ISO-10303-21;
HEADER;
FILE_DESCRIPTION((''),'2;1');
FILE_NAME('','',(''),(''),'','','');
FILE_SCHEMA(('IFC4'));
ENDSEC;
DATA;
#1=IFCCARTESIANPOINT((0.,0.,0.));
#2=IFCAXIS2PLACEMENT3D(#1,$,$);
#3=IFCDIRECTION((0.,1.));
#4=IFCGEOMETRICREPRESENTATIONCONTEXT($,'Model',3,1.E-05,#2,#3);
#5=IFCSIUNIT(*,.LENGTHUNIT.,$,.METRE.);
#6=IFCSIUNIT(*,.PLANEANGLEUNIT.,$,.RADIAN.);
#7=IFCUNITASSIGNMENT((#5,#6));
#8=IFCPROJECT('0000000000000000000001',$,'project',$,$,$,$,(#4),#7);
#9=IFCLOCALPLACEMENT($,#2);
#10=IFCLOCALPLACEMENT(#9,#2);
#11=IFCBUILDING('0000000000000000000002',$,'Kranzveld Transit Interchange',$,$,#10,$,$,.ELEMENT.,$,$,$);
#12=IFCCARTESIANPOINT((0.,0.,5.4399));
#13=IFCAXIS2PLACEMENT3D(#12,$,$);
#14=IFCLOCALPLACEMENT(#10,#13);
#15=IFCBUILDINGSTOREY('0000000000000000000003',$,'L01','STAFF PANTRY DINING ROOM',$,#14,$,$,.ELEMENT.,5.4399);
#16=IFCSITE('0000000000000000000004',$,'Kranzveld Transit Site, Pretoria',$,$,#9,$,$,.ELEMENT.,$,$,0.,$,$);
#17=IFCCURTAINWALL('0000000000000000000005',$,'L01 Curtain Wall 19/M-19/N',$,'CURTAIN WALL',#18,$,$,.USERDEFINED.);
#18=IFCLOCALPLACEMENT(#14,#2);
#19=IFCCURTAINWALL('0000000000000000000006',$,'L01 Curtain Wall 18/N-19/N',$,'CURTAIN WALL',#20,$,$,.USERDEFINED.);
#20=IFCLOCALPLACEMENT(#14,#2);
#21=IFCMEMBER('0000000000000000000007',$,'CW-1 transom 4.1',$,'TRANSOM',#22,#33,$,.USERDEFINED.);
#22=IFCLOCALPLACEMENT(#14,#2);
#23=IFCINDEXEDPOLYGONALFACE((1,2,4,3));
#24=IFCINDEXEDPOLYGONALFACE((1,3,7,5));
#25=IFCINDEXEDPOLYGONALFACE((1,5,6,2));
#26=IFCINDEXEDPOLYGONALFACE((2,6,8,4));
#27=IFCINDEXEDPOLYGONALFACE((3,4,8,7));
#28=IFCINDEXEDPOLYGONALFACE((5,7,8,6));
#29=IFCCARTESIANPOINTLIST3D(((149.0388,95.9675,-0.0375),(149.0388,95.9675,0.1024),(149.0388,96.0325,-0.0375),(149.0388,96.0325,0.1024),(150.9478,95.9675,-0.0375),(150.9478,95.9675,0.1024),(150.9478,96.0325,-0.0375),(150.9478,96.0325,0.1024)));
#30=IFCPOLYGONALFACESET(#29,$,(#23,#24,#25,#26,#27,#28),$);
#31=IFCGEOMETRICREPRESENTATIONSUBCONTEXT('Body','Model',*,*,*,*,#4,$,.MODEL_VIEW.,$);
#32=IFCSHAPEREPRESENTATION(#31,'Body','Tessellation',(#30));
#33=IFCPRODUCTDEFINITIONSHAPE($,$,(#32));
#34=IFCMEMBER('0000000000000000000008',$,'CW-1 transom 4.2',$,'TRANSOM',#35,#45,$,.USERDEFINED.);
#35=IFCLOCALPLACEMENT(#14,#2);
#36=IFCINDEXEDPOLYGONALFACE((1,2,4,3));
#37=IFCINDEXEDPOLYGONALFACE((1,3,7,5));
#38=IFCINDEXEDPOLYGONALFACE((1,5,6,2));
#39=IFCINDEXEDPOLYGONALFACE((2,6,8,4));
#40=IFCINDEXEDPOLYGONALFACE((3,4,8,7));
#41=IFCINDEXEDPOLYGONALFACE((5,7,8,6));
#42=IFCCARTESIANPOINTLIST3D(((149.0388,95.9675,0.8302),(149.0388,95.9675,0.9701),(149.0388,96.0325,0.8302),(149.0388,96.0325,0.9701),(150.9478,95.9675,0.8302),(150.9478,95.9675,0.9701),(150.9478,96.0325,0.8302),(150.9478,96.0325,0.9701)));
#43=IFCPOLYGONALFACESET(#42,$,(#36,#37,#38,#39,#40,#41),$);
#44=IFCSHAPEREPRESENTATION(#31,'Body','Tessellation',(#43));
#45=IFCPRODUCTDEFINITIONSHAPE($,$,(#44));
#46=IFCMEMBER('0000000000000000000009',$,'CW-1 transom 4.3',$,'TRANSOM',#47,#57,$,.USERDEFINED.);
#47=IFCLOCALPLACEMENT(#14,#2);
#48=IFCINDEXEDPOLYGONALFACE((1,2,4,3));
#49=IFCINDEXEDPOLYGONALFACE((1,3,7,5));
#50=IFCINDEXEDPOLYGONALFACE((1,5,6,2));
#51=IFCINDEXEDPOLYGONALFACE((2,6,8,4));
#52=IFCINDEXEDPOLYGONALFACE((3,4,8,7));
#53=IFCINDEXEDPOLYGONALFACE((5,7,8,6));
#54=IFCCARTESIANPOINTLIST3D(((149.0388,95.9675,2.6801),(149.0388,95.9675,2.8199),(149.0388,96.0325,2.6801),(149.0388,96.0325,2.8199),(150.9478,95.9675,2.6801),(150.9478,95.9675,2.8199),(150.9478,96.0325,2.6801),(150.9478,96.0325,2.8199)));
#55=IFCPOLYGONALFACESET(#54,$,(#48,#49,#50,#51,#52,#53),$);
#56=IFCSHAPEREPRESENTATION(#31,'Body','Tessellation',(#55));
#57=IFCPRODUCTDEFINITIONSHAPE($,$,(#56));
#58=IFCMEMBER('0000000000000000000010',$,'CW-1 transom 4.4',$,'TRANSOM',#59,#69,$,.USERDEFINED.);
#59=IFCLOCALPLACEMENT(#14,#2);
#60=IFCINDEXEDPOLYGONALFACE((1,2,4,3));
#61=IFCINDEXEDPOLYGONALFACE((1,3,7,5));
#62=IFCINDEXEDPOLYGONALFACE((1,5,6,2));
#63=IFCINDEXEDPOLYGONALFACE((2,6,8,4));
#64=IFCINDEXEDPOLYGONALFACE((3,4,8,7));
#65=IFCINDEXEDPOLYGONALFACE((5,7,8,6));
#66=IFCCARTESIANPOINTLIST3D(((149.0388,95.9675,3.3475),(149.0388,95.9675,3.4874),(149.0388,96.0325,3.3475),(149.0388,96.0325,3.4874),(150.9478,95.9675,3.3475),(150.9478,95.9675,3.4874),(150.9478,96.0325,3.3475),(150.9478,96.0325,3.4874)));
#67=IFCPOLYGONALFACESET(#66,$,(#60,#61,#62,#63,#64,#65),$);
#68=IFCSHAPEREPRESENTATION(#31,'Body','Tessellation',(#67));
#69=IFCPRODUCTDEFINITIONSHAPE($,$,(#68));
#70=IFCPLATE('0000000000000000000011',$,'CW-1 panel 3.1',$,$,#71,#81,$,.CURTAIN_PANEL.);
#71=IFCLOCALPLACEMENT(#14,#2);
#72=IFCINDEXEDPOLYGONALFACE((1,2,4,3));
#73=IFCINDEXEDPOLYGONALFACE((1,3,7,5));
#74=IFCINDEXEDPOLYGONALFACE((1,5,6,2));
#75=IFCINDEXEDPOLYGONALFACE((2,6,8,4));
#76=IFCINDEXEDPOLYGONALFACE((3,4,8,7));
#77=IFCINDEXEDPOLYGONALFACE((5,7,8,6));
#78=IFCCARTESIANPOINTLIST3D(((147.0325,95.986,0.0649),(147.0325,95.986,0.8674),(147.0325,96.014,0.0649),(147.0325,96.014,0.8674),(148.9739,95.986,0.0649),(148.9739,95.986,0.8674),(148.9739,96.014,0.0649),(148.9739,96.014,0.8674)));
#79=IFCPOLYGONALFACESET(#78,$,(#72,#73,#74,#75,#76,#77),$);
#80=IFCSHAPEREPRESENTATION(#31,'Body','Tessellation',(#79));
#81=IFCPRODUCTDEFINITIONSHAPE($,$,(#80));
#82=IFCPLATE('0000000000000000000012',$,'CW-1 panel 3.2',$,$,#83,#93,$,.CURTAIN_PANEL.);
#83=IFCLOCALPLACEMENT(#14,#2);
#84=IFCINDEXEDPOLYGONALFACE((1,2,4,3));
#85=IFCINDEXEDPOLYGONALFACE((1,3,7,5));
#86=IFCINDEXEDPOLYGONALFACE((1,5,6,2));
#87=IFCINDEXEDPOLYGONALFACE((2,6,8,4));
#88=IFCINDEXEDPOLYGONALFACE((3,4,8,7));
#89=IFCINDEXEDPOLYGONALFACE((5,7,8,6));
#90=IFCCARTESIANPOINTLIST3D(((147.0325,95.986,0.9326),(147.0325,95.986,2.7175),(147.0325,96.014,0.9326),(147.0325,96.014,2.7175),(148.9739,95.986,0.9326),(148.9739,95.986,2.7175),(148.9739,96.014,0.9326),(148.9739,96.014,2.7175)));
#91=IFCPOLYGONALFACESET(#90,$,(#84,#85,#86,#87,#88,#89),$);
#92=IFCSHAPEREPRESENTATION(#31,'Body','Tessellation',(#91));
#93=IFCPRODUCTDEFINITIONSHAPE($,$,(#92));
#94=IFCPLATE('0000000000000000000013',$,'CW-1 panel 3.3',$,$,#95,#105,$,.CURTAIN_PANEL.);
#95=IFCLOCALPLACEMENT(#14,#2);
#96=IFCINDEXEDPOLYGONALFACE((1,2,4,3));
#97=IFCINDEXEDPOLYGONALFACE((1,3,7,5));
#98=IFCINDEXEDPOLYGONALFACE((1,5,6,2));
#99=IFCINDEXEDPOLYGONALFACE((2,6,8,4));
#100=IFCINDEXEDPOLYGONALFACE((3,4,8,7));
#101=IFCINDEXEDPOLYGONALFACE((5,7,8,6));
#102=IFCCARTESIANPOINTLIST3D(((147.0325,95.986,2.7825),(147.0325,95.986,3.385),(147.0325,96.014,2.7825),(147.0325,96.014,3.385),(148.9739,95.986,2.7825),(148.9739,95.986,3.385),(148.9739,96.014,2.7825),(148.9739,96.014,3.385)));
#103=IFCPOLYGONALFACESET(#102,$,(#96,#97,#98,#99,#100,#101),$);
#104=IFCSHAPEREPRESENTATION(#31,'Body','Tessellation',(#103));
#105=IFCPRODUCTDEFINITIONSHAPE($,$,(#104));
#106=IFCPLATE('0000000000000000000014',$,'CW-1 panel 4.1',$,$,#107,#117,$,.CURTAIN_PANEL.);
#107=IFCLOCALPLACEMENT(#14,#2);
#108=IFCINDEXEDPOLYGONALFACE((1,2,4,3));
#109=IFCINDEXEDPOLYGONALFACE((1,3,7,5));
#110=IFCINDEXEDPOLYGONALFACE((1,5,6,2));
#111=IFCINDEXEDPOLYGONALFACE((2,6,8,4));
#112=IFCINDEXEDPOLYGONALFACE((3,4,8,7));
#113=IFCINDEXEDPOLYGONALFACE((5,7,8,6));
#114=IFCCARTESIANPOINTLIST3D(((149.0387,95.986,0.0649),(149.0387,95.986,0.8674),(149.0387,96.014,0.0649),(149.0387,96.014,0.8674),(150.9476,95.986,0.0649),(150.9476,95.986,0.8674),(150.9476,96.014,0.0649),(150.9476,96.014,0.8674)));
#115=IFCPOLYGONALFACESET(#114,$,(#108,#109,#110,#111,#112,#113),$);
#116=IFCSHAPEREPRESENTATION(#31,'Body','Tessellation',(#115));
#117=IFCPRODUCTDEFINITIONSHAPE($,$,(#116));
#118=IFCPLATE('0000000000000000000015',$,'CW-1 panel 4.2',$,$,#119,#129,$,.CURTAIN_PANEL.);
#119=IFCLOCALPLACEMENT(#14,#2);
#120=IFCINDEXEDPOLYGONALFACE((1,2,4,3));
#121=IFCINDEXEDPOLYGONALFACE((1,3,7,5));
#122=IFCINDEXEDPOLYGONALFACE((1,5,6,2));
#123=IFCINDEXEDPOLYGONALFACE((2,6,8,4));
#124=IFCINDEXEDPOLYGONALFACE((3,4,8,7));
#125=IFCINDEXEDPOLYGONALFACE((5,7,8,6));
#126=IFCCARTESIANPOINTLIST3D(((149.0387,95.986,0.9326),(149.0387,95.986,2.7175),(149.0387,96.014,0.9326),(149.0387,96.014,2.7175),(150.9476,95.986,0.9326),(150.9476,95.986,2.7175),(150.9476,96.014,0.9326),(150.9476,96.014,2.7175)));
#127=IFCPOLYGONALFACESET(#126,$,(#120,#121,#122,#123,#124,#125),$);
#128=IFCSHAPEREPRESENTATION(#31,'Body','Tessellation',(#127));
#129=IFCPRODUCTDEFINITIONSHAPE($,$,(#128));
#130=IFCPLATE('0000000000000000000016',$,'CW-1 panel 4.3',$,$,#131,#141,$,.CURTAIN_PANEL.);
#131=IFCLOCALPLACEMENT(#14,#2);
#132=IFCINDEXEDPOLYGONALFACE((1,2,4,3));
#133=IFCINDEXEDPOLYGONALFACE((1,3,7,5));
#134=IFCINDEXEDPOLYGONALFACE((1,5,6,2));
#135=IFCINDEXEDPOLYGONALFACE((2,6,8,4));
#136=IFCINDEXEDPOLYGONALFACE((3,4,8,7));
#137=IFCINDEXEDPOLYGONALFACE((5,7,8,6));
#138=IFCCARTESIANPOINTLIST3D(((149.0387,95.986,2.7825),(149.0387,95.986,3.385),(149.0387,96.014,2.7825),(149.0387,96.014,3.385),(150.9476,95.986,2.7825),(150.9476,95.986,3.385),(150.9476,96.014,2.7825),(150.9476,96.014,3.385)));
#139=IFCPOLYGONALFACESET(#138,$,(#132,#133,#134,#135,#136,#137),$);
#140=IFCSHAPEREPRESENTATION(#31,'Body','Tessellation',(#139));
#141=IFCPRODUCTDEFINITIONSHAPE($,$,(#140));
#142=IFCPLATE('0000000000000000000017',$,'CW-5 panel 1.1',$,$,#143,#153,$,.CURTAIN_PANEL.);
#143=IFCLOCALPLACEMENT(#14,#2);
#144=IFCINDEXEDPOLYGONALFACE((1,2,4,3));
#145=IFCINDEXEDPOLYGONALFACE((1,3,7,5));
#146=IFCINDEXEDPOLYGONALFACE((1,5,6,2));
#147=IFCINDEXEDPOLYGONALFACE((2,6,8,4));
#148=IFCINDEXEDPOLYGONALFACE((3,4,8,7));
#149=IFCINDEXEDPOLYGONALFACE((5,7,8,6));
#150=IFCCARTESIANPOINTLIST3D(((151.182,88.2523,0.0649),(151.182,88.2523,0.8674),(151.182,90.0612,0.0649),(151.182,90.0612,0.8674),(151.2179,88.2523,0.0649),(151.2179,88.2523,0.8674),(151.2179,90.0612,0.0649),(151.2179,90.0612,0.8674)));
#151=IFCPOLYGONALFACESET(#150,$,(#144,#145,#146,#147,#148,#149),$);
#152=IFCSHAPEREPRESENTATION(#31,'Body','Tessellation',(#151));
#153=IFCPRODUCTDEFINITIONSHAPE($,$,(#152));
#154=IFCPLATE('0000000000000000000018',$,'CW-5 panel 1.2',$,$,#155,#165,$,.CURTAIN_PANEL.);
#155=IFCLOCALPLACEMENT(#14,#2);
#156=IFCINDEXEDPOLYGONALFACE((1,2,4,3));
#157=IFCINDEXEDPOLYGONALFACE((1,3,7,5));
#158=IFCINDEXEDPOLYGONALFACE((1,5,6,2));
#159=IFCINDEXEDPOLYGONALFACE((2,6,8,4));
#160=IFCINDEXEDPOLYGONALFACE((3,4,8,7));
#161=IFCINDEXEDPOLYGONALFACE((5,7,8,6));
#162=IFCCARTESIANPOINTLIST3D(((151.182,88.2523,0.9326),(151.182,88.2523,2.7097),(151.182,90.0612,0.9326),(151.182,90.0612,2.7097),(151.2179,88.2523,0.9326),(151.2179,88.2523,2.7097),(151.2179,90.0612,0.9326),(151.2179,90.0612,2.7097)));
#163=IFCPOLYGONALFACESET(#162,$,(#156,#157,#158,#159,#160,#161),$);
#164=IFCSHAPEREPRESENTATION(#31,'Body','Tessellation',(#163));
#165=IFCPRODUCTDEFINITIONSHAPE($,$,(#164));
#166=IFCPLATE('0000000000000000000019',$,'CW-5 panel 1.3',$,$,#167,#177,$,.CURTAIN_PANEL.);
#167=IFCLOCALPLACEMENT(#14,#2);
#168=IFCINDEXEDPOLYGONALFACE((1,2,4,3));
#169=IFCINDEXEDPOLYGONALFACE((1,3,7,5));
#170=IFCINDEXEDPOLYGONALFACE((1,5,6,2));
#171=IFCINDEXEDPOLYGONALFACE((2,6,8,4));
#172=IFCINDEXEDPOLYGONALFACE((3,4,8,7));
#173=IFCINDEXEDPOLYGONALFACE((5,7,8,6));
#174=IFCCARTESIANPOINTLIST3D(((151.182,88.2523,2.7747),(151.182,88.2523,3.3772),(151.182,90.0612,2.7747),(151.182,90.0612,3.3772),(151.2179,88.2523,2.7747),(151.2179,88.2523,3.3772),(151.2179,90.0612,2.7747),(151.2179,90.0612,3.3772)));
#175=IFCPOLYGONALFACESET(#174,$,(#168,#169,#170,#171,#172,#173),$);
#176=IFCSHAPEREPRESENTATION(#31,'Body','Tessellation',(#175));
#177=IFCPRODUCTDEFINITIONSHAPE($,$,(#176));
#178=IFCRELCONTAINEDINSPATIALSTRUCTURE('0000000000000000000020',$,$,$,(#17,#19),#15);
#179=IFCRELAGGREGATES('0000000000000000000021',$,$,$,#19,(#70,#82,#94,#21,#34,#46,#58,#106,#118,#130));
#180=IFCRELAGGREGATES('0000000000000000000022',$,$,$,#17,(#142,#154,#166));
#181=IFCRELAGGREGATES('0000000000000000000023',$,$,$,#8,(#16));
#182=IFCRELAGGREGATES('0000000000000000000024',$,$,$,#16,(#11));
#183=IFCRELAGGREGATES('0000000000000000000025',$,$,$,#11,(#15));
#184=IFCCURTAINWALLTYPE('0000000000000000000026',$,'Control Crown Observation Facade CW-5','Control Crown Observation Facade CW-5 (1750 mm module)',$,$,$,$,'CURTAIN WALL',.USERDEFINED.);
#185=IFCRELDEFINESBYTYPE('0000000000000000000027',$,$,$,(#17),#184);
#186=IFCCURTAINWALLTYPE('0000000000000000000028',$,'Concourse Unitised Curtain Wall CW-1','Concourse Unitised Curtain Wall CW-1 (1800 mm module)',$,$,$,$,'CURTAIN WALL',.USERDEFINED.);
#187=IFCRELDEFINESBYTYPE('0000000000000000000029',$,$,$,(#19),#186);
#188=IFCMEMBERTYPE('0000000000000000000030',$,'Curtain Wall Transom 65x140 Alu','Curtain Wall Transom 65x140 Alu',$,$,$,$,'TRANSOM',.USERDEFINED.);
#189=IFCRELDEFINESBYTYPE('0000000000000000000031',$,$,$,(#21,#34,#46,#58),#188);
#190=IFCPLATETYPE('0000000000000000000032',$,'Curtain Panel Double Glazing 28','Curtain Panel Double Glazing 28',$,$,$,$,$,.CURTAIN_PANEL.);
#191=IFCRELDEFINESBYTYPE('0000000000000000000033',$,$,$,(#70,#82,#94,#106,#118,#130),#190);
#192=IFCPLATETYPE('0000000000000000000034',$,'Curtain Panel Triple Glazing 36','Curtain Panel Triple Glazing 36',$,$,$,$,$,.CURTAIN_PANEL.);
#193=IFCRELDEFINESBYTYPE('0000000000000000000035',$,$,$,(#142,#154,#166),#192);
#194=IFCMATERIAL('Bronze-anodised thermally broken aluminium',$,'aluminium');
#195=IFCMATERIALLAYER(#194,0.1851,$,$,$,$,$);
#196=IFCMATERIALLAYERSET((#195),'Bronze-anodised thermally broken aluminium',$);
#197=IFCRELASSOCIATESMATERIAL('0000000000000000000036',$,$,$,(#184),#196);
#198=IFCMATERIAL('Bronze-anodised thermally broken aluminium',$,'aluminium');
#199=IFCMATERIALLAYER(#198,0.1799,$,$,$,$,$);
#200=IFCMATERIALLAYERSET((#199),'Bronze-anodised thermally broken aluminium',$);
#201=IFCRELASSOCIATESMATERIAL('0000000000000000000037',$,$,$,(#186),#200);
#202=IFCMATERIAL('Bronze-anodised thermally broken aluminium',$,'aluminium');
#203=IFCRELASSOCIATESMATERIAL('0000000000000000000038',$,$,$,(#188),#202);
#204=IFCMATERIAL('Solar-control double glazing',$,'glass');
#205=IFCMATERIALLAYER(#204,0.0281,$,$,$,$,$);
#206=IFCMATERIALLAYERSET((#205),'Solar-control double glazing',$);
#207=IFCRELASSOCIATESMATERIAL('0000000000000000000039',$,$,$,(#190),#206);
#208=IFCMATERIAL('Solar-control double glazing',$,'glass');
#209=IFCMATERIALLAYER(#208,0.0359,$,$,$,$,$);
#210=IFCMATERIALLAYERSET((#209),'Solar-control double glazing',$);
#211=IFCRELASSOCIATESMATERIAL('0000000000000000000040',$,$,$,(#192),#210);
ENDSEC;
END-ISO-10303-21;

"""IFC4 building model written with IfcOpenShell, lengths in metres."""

from ifc_helpers import new_model, si_unit, direction, frame, origin, origin_2d, place, context, subcontext, project, spatial, rectangle, extrude, material, layer, layer_set, material_profile, profile_set, type_object, element, aggregate, save


model = new_model("IFC4")

# Units and contexts
model_context = context("Model", 3, precision=1e-05, world=origin(), true_north=direction((0.0, 1.0)))
body_context = subcontext(model_context, "Body", "Model", "MODEL_VIEW")
ifc_project = project(units=[si_unit("LENGTHUNIT", "METRE"), si_unit("PLANEANGLEUNIT", "RADIAN")], contexts=[model_context])

# Site, building, storey
site_placement = place(None, origin())
site = spatial("IfcSite", under=ifc_project, at=site_placement, Name="Kranzveld Transit Site, Pretoria", CompositionType="ELEMENT", RefElevation=0.0)
building_placement = place(site_placement, origin())
building = spatial("IfcBuilding", under=site, at=building_placement, Name="Kranzveld Transit Interchange", CompositionType="ELEMENT")
storey_placement = place(building_placement, frame((0.0, 0.0, 5.4399)))
storey = spatial("IfcBuildingStorey", under=building, at=storey_placement, Name="L01", Description="STAFF PANTRY DINING ROOM", CompositionType="ELEMENT", Elevation=5.4399)

# Curtain walls
ifc_material_1 = material(Name="Bronze-anodised thermally broken aluminium", Category="aluminium")
ifc_layer_1 = layer(ifc_material_1, 0.1851)
ifc_layer_set_1 = layer_set([ifc_layer_1], Name="Bronze-anodised thermally broken aluminium")
curtain_wall_type_1 = type_object("IfcCurtainWallType", Name="Control Crown Observation Facade CW-5", Description="Control Crown Observation Facade CW-5 (1750 mm module)", ElementType="CURTAIN WALL", PredefinedType="USERDEFINED", material=ifc_layer_set_1)
curtain_wall_1_placement = place(storey_placement, origin())
curtain_wall_1 = element("IfcCurtainWall", 1, at=curtain_wall_1_placement, inside=storey, type_object=curtain_wall_type_1, Name="L01 Curtain Wall 19/M-19/N", ObjectType="CURTAIN WALL", PredefinedType="USERDEFINED")
ifc_material_2 = material(Name="Bronze-anodised thermally broken aluminium", Category="aluminium")
ifc_layer_2 = layer(ifc_material_2, 0.1799)
ifc_layer_set_2 = layer_set([ifc_layer_2], Name="Bronze-anodised thermally broken aluminium")
curtain_wall_type_2 = type_object("IfcCurtainWallType", Name="Concourse Unitised Curtain Wall CW-1", Description="Concourse Unitised Curtain Wall CW-1 (1800 mm module)", ElementType="CURTAIN WALL", PredefinedType="USERDEFINED", material=ifc_layer_set_2)
curtain_wall_2_placement = place(storey_placement, origin())
curtain_wall_2 = element("IfcCurtainWall", 2, at=curtain_wall_2_placement, inside=storey, type_object=curtain_wall_type_2, Name="L01 Curtain Wall 18/N-19/N", ObjectType="CURTAIN WALL", PredefinedType="USERDEFINED")

# Members
ifc_material_3 = material(Name="Bronze-anodised thermally broken aluminium", Category="aluminium")
ifc_material_profile_1 = material_profile(ifc_material_3, rectangle(XDim=0.0649, YDim=0.1399, at=origin_2d()), Name="ALU TRANSOM 65x140")
ifc_profile_set_1 = profile_set([ifc_material_profile_1], Name="Bronze-anodised thermally broken aluminium")
member_type_1 = type_object("IfcMemberType", Name="Curtain Wall Transom 65x140 Alu", Description="Curtain Wall Transom 65x140 Alu", ElementType="TRANSOM", PredefinedType="USERDEFINED", material=ifc_profile_set_1)
member_1_placement = place(storey_placement, frame((149.0388, 96.0, 0.0325), z_axis=(1.0, 0.0, 0.0), x_axis=(0.0, 1.0, 0.0)))
member_1 = element("IfcMember", 3, at=member_1_placement, type_object=member_type_1, Name="CW-1 transom 4.1", ObjectType="TRANSOM", PredefinedType="USERDEFINED", context=body_context, shape_type="SweptSolid", body=[
    extrude(rectangle(XDim=0.0649, YDim=0.1399, at=origin_2d()), origin(), (0.0, 0.0, 1.0), 1.9089),
])
member_2_placement = place(storey_placement, frame((149.0388, 96.0, 0.9001), z_axis=(1.0, 0.0, 0.0), x_axis=(0.0, 1.0, 0.0)))
member_2 = element("IfcMember", 4, at=member_2_placement, type_object=member_type_1, Name="CW-1 transom 4.2", ObjectType="TRANSOM", PredefinedType="USERDEFINED", context=body_context, shape_type="SweptSolid", body=[
    extrude(rectangle(XDim=0.0649, YDim=0.1399, at=origin_2d()), origin(), (0.0, 0.0, 1.0), 1.9089),
])
member_3_placement = place(storey_placement, frame((149.0388, 96.0, 2.75), z_axis=(1.0, 0.0, 0.0), x_axis=(0.0, 1.0, 0.0)))
member_3 = element("IfcMember", 5, at=member_3_placement, type_object=member_type_1, Name="CW-1 transom 4.3", ObjectType="TRANSOM", PredefinedType="USERDEFINED", context=body_context, shape_type="SweptSolid", body=[
    extrude(rectangle(XDim=0.0649, YDim=0.1399, at=origin_2d()), origin(), (0.0, 0.0, 1.0), 1.9089),
])
member_4_placement = place(storey_placement, frame((149.0388, 96.0, 3.4175), z_axis=(1.0, 0.0, 0.0), x_axis=(0.0, 1.0, 0.0)))
member_4 = element("IfcMember", 6, at=member_4_placement, type_object=member_type_1, Name="CW-1 transom 4.4", ObjectType="TRANSOM", PredefinedType="USERDEFINED", context=body_context, shape_type="SweptSolid", body=[
    extrude(rectangle(XDim=0.0649, YDim=0.1399, at=origin_2d()), origin(), (0.0, 0.0, 1.0), 1.9089),
])

# Plates
ifc_material_4 = material(Name="Solar-control double glazing", Category="glass")
ifc_layer_3 = layer(ifc_material_4, 0.0281)
ifc_layer_set_3 = layer_set([ifc_layer_3], Name="Solar-control double glazing")
plate_type_1 = type_object("IfcPlateType", Name="Curtain Panel Double Glazing 28", Description="Curtain Panel Double Glazing 28", PredefinedType="CURTAIN_PANEL", material=ifc_layer_set_3)
plate_1_placement = place(storey_placement, frame((148.0032, 96.0, 0.0649), z_axis=(0.0, 0.0, 1.0), x_axis=(1.0, 0.0, 0.0)))
plate_1 = element("IfcPlate", 7, at=plate_1_placement, type_object=plate_type_1, Name="CW-1 panel 3.1", PredefinedType="CURTAIN_PANEL", context=body_context, shape_type="SweptSolid", body=[
    extrude(rectangle(XDim=1.9414, YDim=0.0281, at=origin_2d()), origin(), (0.0, 0.0, 1.0), 0.8025),
])
plate_2_placement = place(storey_placement, frame((148.0032, 96.0, 0.9326), z_axis=(0.0, 0.0, 1.0), x_axis=(1.0, 0.0, 0.0)))
plate_2 = element("IfcPlate", 8, at=plate_2_placement, type_object=plate_type_1, Name="CW-1 panel 3.2", PredefinedType="CURTAIN_PANEL", context=body_context, shape_type="SweptSolid", body=[
    extrude(rectangle(XDim=1.9414, YDim=0.0281, at=origin_2d()), origin(), (0.0, 0.0, 1.0), 1.7849),
])
plate_3_placement = place(storey_placement, frame((148.0032, 96.0, 2.7825), z_axis=(0.0, 0.0, 1.0), x_axis=(1.0, 0.0, 0.0)))
plate_3 = element("IfcPlate", 9, at=plate_3_placement, type_object=plate_type_1, Name="CW-1 panel 3.3", PredefinedType="CURTAIN_PANEL", context=body_context, shape_type="SweptSolid", body=[
    extrude(rectangle(XDim=1.9414, YDim=0.0281, at=origin_2d()), origin(), (0.0, 0.0, 1.0), 0.6025),
])
plate_4_placement = place(storey_placement, frame((149.9932, 96.0, 0.0649), z_axis=(0.0, 0.0, 1.0), x_axis=(1.0, 0.0, 0.0)))
plate_4 = element("IfcPlate", 10, at=plate_4_placement, type_object=plate_type_1, Name="CW-1 panel 4.1", PredefinedType="CURTAIN_PANEL", context=body_context, shape_type="SweptSolid", body=[
    extrude(rectangle(XDim=1.9089, YDim=0.0281, at=origin_2d()), origin(), (0.0, 0.0, 1.0), 0.8025),
])
plate_5_placement = place(storey_placement, frame((149.9932, 96.0, 0.9326), z_axis=(0.0, 0.0, 1.0), x_axis=(1.0, 0.0, 0.0)))
plate_5 = element("IfcPlate", 11, at=plate_5_placement, type_object=plate_type_1, Name="CW-1 panel 4.2", PredefinedType="CURTAIN_PANEL", context=body_context, shape_type="SweptSolid", body=[
    extrude(rectangle(XDim=1.9089, YDim=0.0281, at=origin_2d()), origin(), (0.0, 0.0, 1.0), 1.7849),
])
plate_6_placement = place(storey_placement, frame((149.9932, 96.0, 2.7825), z_axis=(0.0, 0.0, 1.0), x_axis=(1.0, 0.0, 0.0)))
plate_6 = element("IfcPlate", 12, at=plate_6_placement, type_object=plate_type_1, Name="CW-1 panel 4.3", PredefinedType="CURTAIN_PANEL", context=body_context, shape_type="SweptSolid", body=[
    extrude(rectangle(XDim=1.9089, YDim=0.0281, at=origin_2d()), origin(), (0.0, 0.0, 1.0), 0.6025),
])
aggregate(curtain_wall_2, [plate_1, plate_2, plate_3, member_1, member_2, member_3, member_4, plate_4, plate_5, plate_6])
ifc_material_5 = material(Name="Solar-control double glazing", Category="glass")
ifc_layer_4 = layer(ifc_material_5, 0.0359)
ifc_layer_set_4 = layer_set([ifc_layer_4], Name="Solar-control double glazing")
plate_type_2 = type_object("IfcPlateType", Name="Curtain Panel Triple Glazing 36", Description="Curtain Panel Triple Glazing 36", PredefinedType="CURTAIN_PANEL", material=ifc_layer_set_4)
plate_7_placement = place(storey_placement, frame((151.2, 89.1567, 0.0649), z_axis=(0.0, 0.0, 1.0), x_axis=(0.0, 1.0, 0.0)))
plate_7 = element("IfcPlate", 13, at=plate_7_placement, type_object=plate_type_2, Name="CW-5 panel 1.1", PredefinedType="CURTAIN_PANEL", context=body_context, shape_type="SweptSolid", body=[
    extrude(rectangle(XDim=1.8088, YDim=0.0359, at=origin_2d()), origin(), (0.0, 0.0, 1.0), 0.8025),
])
plate_8_placement = place(storey_placement, frame((151.2, 89.1567, 0.9326), z_axis=(0.0, 0.0, 1.0), x_axis=(0.0, 1.0, 0.0)))
plate_8 = element("IfcPlate", 14, at=plate_8_placement, type_object=plate_type_2, Name="CW-5 panel 1.2", PredefinedType="CURTAIN_PANEL", context=body_context, shape_type="SweptSolid", body=[
    extrude(rectangle(XDim=1.8088, YDim=0.0359, at=origin_2d()), origin(), (0.0, 0.0, 1.0), 1.7771),
])
plate_9_placement = place(storey_placement, frame((151.2, 89.1567, 2.7747), z_axis=(0.0, 0.0, 1.0), x_axis=(0.0, 1.0, 0.0)))
plate_9 = element("IfcPlate", 15, at=plate_9_placement, type_object=plate_type_2, Name="CW-5 panel 1.3", PredefinedType="CURTAIN_PANEL", context=body_context, shape_type="SweptSolid", body=[
    extrude(rectangle(XDim=1.8088, YDim=0.0359, at=origin_2d()), origin(), (0.0, 0.0, 1.0), 0.6025),
])
aggregate(curtain_wall_1, [plate_7, plate_8, plate_9])

save(model, "model.ifc")
